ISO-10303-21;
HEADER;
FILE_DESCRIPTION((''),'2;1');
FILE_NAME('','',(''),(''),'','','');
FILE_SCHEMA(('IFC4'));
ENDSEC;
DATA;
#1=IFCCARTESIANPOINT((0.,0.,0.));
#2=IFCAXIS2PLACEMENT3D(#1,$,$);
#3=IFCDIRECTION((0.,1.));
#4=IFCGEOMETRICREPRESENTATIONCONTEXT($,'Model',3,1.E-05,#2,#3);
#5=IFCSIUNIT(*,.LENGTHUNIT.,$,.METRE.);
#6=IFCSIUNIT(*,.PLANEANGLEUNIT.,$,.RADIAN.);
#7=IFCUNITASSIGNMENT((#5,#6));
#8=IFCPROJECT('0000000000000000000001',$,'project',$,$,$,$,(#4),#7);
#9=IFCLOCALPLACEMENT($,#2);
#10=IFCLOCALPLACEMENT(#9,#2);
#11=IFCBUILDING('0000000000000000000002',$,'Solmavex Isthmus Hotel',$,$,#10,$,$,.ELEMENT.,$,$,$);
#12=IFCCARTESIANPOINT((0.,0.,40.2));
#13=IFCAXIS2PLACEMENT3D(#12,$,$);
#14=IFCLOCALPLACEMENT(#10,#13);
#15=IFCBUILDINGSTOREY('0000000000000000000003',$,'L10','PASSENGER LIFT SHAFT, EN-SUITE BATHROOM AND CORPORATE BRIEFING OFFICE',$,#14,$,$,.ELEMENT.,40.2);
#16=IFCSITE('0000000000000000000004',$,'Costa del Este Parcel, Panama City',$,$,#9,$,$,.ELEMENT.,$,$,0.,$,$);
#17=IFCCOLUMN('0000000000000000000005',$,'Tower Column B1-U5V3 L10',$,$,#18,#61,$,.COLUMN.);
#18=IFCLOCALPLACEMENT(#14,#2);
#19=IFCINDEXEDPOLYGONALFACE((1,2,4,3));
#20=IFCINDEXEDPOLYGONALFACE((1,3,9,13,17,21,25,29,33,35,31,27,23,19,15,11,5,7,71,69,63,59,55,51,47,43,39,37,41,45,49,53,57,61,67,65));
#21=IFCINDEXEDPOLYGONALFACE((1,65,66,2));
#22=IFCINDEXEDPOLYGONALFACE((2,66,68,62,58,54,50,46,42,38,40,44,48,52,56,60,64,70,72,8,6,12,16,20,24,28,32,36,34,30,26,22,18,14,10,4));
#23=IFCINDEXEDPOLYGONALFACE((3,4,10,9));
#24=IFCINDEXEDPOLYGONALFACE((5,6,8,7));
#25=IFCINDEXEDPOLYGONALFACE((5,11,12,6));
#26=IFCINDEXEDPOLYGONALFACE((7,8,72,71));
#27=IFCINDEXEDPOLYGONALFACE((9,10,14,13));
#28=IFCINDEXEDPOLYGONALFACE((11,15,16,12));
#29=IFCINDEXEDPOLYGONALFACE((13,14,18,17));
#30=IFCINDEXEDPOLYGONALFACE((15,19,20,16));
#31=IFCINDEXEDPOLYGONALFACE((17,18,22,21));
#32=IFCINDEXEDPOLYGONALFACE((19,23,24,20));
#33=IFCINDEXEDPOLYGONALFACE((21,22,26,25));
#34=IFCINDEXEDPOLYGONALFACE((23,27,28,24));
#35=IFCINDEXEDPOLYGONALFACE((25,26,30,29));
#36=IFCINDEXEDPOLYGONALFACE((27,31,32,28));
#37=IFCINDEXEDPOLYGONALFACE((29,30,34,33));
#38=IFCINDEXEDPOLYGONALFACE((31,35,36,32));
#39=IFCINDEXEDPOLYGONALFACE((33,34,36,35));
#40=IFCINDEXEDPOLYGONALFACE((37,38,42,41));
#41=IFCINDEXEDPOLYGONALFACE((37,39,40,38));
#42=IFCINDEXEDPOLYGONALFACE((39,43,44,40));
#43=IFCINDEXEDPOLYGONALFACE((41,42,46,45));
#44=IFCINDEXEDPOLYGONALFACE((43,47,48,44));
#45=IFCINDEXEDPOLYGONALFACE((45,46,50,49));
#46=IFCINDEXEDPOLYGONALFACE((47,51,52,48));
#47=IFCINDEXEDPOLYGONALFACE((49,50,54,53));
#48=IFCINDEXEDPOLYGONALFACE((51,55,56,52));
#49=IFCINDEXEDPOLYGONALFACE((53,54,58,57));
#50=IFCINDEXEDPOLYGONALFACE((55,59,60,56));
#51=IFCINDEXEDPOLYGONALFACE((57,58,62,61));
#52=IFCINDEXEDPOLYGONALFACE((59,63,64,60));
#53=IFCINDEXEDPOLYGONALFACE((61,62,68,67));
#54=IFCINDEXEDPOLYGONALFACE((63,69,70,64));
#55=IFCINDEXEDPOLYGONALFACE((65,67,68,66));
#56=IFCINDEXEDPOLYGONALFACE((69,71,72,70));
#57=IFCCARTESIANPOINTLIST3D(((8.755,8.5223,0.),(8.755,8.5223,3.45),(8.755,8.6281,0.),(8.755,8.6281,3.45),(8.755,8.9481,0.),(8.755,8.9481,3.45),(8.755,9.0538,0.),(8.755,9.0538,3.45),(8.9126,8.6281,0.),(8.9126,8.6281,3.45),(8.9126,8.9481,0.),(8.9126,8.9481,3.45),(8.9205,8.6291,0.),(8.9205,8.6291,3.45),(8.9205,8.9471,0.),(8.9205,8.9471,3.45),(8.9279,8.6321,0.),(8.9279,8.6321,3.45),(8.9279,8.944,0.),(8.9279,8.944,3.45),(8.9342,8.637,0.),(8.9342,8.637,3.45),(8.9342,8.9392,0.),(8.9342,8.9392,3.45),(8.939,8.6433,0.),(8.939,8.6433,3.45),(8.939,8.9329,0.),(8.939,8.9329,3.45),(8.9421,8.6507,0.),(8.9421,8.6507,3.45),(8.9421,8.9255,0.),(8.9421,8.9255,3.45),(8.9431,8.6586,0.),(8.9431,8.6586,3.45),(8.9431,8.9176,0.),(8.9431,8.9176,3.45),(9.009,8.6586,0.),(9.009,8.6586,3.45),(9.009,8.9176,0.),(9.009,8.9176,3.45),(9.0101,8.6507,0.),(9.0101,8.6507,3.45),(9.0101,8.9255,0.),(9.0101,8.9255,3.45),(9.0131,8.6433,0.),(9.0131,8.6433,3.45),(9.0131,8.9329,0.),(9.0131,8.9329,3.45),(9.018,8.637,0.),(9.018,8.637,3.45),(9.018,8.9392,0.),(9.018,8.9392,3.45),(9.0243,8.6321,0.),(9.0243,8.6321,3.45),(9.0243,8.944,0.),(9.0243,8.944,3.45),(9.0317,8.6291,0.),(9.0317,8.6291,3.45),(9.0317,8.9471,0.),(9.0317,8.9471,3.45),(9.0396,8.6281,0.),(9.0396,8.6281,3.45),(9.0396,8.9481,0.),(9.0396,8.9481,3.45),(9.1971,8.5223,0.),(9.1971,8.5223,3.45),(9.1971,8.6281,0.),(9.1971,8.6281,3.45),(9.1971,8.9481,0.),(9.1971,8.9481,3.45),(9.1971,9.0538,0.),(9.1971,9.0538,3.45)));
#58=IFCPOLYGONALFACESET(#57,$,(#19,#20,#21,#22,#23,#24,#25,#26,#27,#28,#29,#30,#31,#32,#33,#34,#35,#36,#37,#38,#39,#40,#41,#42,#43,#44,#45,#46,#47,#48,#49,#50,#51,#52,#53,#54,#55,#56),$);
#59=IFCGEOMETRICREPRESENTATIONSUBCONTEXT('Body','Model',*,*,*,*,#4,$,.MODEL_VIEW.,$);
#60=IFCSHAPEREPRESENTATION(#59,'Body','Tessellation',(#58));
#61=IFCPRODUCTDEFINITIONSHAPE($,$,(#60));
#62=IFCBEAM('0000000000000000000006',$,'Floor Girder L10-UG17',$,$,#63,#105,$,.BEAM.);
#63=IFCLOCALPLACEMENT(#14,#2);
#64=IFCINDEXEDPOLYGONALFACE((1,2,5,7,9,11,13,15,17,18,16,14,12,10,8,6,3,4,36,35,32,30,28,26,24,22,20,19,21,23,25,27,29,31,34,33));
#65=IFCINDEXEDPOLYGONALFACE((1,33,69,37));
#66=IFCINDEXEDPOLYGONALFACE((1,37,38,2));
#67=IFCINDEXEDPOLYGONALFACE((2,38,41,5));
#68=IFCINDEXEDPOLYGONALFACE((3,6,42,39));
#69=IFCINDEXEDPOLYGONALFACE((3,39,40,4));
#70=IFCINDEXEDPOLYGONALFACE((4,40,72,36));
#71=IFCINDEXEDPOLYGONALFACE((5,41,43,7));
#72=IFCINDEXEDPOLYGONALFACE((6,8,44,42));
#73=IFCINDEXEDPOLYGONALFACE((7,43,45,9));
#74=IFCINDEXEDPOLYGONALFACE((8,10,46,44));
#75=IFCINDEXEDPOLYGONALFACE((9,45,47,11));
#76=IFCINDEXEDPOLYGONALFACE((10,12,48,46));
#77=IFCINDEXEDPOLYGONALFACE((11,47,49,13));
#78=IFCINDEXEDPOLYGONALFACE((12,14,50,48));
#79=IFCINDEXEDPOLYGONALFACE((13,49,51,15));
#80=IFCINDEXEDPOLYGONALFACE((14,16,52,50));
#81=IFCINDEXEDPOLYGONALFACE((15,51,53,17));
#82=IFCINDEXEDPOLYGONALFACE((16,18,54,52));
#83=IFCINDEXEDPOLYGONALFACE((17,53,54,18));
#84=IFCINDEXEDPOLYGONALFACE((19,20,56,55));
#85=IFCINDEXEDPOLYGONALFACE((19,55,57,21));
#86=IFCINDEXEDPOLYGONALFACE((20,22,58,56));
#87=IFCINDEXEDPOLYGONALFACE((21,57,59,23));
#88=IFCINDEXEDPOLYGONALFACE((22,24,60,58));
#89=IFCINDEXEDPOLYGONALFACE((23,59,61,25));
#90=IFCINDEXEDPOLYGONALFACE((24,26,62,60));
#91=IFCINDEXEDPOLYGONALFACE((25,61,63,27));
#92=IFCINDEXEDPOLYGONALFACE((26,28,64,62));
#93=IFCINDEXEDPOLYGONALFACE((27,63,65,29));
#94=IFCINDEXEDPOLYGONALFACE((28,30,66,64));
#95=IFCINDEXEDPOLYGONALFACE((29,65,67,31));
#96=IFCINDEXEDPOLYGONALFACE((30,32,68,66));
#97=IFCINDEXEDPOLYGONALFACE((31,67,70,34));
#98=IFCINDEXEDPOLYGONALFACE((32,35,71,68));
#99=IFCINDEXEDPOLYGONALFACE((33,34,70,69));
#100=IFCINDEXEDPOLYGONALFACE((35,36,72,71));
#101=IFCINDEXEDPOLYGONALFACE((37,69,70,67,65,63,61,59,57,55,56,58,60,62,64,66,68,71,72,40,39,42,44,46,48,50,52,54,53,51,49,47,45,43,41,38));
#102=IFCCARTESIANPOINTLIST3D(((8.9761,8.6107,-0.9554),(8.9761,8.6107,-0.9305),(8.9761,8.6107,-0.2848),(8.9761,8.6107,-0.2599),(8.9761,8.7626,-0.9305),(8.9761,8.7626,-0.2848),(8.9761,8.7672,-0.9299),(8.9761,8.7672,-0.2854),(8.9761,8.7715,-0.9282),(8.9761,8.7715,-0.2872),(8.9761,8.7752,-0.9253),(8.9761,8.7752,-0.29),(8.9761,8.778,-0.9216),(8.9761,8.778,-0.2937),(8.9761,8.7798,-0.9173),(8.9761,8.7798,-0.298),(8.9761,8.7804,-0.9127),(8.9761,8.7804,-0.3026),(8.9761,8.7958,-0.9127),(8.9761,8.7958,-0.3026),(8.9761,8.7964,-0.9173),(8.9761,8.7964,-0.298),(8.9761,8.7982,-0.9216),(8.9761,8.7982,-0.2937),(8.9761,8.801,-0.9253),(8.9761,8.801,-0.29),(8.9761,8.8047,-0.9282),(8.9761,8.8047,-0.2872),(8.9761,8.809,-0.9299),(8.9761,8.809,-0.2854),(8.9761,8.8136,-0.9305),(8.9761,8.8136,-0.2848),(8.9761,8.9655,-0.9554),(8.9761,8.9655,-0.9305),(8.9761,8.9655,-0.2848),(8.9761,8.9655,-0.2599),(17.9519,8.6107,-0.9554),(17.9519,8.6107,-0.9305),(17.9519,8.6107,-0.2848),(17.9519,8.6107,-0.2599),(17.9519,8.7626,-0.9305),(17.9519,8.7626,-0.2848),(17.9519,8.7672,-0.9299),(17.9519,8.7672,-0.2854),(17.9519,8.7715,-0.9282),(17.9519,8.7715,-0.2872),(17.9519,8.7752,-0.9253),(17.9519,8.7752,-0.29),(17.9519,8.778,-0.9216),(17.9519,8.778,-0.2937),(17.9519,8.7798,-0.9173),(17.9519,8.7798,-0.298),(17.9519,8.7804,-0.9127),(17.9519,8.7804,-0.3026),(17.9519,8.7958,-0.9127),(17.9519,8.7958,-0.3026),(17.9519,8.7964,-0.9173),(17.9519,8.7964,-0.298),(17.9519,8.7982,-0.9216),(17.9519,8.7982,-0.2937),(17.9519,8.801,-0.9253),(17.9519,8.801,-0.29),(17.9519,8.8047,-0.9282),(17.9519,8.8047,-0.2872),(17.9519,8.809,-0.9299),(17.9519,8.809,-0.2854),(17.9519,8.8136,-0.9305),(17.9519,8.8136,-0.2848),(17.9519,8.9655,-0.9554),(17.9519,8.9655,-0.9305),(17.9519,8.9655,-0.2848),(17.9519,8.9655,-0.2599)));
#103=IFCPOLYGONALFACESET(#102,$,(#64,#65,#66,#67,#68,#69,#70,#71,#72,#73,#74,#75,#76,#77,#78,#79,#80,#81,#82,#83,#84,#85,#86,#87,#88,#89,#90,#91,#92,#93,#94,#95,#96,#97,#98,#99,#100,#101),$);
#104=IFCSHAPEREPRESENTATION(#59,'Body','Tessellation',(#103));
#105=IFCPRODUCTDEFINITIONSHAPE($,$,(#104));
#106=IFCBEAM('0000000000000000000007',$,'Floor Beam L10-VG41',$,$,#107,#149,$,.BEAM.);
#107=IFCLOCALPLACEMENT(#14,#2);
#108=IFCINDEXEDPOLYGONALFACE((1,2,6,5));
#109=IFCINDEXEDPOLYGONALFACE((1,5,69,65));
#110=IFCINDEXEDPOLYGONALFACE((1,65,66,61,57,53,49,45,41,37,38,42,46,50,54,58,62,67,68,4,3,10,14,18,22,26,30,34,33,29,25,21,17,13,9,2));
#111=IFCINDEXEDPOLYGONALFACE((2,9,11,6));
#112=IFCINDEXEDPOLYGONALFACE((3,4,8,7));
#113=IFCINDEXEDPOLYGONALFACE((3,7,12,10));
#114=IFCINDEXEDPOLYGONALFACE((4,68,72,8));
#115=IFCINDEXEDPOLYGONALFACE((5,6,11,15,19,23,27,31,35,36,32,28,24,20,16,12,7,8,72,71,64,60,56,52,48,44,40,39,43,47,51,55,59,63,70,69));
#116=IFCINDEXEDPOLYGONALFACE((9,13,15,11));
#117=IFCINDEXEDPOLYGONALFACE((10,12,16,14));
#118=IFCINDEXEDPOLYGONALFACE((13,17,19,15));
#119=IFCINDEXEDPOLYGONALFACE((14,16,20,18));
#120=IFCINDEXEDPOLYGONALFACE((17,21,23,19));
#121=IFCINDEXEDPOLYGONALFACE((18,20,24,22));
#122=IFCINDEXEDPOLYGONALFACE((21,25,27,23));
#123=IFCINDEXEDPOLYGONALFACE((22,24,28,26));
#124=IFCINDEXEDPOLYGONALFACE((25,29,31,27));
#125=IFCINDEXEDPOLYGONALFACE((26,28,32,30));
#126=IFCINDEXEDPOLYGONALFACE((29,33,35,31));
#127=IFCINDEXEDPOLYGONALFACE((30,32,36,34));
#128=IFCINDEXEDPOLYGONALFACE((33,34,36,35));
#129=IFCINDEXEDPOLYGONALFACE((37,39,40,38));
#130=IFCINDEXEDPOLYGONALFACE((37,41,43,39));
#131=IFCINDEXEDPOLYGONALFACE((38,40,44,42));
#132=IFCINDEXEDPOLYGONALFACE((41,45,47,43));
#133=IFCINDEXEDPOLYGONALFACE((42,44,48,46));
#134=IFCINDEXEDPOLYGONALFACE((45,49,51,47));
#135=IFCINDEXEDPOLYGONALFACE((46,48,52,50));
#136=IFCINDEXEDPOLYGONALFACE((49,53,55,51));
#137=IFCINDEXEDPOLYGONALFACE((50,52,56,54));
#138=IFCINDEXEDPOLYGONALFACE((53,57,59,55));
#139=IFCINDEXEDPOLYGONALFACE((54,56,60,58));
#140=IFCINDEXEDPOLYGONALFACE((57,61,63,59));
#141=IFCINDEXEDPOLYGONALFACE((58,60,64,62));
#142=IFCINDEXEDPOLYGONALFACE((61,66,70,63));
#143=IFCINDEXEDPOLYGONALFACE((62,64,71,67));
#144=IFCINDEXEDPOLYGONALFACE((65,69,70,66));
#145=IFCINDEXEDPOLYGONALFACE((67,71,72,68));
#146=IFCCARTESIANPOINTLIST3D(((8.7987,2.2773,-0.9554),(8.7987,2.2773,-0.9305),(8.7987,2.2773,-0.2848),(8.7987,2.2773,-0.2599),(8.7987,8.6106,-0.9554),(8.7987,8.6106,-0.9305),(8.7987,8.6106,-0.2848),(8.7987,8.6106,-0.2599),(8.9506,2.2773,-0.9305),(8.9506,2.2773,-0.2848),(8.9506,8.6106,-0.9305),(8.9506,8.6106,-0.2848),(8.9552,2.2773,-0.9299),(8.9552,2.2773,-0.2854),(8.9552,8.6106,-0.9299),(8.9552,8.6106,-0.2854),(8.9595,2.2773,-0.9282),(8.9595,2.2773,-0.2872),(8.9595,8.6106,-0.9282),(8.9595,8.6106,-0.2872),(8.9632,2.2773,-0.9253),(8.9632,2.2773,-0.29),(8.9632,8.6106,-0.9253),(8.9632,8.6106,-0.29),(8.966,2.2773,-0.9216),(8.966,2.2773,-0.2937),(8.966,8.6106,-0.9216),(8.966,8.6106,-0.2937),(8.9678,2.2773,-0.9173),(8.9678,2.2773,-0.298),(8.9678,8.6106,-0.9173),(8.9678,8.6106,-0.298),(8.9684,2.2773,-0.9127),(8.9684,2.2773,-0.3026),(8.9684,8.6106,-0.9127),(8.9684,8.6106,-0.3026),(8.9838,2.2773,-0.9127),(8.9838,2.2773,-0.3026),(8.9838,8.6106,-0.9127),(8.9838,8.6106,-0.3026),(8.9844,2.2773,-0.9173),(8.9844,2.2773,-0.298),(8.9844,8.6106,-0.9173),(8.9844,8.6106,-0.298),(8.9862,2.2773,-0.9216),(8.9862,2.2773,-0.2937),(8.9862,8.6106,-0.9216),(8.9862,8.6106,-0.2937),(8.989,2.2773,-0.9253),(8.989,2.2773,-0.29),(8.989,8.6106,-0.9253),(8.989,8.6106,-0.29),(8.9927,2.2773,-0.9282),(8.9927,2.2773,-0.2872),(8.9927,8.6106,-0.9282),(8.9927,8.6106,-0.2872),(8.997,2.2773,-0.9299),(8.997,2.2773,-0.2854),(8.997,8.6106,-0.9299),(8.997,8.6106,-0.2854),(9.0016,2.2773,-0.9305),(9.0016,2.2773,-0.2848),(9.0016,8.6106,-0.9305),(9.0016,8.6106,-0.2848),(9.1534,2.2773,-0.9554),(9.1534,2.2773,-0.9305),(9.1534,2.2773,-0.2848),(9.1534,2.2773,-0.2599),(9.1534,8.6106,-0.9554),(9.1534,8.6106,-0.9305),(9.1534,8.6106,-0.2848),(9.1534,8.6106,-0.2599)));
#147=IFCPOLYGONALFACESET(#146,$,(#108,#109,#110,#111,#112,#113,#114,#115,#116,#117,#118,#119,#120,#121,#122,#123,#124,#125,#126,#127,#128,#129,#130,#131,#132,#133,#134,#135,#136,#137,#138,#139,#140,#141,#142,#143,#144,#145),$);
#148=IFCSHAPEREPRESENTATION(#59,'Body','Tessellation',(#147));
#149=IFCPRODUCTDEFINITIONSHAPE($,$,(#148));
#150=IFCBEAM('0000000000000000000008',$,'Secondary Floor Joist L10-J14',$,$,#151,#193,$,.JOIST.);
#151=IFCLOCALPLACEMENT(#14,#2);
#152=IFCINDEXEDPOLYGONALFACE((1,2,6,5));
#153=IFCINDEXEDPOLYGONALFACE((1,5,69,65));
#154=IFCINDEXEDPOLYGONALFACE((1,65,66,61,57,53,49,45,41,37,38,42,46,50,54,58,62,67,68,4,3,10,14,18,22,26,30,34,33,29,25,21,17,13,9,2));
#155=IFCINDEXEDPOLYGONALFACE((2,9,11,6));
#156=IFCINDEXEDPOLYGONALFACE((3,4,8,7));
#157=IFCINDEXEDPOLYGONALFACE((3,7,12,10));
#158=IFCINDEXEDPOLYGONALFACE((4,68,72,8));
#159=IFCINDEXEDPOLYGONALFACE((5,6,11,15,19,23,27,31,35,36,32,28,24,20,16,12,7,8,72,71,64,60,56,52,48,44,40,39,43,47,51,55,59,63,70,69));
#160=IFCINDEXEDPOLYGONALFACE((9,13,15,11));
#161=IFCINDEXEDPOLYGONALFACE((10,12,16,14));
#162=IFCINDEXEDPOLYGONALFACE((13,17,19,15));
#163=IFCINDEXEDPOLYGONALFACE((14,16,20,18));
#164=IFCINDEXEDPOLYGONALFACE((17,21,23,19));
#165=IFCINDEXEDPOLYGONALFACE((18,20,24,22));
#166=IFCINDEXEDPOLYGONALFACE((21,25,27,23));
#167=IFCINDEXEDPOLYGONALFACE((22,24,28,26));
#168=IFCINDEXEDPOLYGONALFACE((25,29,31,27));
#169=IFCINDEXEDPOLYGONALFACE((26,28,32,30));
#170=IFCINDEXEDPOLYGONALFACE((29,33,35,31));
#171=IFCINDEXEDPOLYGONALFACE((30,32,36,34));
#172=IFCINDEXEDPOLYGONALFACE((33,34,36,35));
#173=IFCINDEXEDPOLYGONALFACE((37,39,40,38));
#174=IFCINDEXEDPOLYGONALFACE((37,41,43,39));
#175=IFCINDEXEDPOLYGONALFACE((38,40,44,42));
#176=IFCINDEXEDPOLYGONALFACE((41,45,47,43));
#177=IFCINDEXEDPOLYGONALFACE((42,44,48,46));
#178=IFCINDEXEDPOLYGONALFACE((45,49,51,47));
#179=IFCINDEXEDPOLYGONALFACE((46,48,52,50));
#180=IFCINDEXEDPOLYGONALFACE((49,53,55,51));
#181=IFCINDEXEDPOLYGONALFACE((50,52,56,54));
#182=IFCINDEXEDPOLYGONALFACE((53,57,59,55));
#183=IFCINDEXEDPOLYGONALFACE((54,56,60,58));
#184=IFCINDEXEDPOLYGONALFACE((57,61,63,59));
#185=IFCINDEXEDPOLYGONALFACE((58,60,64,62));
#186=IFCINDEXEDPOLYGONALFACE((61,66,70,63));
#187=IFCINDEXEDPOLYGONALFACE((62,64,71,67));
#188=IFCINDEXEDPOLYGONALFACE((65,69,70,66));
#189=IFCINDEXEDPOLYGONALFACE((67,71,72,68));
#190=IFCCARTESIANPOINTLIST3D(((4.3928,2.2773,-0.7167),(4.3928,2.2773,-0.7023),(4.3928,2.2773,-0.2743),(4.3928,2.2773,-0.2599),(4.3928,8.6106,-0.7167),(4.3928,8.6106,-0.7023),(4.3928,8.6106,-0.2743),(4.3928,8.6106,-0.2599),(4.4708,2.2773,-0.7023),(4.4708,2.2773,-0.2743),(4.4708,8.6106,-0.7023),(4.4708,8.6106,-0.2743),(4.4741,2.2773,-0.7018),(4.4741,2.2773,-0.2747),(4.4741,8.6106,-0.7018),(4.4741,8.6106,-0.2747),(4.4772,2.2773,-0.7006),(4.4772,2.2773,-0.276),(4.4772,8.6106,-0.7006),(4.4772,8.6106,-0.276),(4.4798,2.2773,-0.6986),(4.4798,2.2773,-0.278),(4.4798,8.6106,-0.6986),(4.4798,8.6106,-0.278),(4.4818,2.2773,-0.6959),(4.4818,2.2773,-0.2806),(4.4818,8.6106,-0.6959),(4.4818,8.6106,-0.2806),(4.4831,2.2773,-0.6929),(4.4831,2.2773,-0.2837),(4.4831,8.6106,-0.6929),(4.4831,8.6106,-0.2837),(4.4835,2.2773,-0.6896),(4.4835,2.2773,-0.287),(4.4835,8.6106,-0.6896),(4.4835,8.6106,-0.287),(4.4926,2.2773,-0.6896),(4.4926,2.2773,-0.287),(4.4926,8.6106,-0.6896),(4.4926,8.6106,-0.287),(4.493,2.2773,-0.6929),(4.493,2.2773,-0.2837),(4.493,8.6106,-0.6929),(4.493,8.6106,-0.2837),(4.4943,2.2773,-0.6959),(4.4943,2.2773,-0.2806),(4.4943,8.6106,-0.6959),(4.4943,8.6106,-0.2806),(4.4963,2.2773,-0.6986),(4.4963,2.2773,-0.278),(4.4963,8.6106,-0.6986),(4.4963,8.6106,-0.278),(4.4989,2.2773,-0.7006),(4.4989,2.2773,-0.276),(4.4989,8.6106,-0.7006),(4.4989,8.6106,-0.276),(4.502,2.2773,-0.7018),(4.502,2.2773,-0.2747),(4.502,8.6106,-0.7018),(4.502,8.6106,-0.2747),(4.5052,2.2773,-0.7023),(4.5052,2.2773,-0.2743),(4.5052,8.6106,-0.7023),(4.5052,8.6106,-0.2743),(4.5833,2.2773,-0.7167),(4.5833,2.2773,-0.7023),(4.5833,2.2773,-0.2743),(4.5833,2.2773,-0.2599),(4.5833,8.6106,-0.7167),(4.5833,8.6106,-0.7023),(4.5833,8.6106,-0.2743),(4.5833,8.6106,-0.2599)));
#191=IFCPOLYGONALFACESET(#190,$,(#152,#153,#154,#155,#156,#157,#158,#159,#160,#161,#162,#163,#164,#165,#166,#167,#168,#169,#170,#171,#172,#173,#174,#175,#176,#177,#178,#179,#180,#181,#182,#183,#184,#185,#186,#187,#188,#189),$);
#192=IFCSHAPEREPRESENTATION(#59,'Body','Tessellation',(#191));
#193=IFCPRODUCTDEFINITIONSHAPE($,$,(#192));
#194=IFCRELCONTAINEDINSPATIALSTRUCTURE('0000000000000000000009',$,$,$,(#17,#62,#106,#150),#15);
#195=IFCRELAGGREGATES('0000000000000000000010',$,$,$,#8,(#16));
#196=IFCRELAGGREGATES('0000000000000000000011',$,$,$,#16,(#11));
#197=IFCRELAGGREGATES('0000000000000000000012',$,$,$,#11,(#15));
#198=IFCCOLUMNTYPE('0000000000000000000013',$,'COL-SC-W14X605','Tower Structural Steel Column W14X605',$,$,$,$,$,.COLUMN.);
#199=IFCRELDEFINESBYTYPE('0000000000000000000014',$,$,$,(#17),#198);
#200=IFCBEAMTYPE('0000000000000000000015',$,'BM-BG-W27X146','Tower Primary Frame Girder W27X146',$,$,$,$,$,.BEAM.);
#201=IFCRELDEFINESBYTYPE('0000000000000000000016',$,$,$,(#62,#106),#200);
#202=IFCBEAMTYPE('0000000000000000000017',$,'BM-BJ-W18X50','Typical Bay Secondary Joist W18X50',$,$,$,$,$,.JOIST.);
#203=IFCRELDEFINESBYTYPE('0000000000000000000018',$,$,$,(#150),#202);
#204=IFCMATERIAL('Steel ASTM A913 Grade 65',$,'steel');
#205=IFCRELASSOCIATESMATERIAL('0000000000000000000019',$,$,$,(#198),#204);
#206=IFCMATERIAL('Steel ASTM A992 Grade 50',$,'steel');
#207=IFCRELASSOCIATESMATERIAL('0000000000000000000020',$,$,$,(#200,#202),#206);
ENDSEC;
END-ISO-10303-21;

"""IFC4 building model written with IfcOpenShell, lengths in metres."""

from ifc_helpers import new_model, si_unit, direction, frame, origin, origin_2d, place, context, subcontext, project, spatial, i_section, extrude, material, material_profile, profile_set, type_object, element, save


model = new_model("IFC4")

# Units and contexts
model_context = context("Model", 3, precision=1e-05, world=origin(), true_north=direction((0.0, 1.0)))
body_context = subcontext(model_context, "Body", "Model", "MODEL_VIEW")
ifc_project = project(units=[si_unit("LENGTHUNIT", "METRE"), si_unit("PLANEANGLEUNIT", "RADIAN")], contexts=[model_context])

# Site, building, storey
site_placement = place(None, origin())
site = spatial("IfcSite", under=ifc_project, at=site_placement, Name="Costa del Este Parcel, Panama City", CompositionType="ELEMENT", RefElevation=0.0)
building_placement = place(site_placement, origin())
building = spatial("IfcBuilding", under=site, at=building_placement, Name="Solmavex Isthmus Hotel", CompositionType="ELEMENT")
storey_placement = place(building_placement, frame((0.0, 0.0, 40.2)))
storey = spatial("IfcBuildingStorey", under=building, at=storey_placement, Name="L10", Description="PASSENGER LIFT SHAFT, EN-SUITE BATHROOM AND CORPORATE BRIEFING OFFICE", CompositionType="ELEMENT", Elevation=40.2)

# Column
ifc_material_1 = material(Name="Steel ASTM A913 Grade 65", Category="steel")
ifc_material_profile_1 = material_profile(ifc_material_1, i_section(OverallWidth=0.4421, OverallDepth=0.5315, WebThickness=0.0659, FlangeThickness=0.1057, FilletRadius=0.0305, at=origin_2d()), Name="W14X605")
ifc_profile_set_1 = profile_set([ifc_material_profile_1], Name="Steel ASTM A913 Grade 65")
column_type = type_object("IfcColumnType", Name="COL-SC-W14X605", Description="Tower Structural Steel Column W14X605", PredefinedType="COLUMN", material=ifc_profile_set_1)
column_placement = place(storey_placement, frame((8.9761, 8.7881, 0.0), z_axis=(0.0, 0.0, 1.0), x_axis=(1.0, 0.0, 0.0)))
element("IfcColumn", 1, at=column_placement, inside=storey, type_object=column_type, Name="Tower Column B1-U5V3 L10", PredefinedType="COLUMN", context=body_context, shape_type="SweptSolid", body=[
    extrude(i_section(OverallWidth=0.4421, OverallDepth=0.5315, WebThickness=0.0659, FlangeThickness=0.1057, FilletRadius=0.0305, at=origin_2d()), origin(), (0.0, 0.0, 1.0), 3.45),
])

# Beams
ifc_material_2 = material(Name="Steel ASTM A992 Grade 50", Category="steel")
ifc_material_profile_2 = material_profile(ifc_material_2, i_section(OverallWidth=0.3547, OverallDepth=0.6956, WebThickness=0.0154, FlangeThickness=0.0249, FilletRadius=0.0178, at=origin_2d()), Name="W27X146")
ifc_profile_set_2 = profile_set([ifc_material_profile_2], Name="Steel ASTM A992 Grade 50")
beam_type_1 = type_object("IfcBeamType", Name="BM-BG-W27X146", Description="Tower Primary Frame Girder W27X146", PredefinedType="BEAM", material=ifc_profile_set_2)
beam_1_placement = place(storey_placement, frame((8.9761, 8.7881, -0.6077), z_axis=(1.0, 0.0, 0.0), x_axis=(0.0, 1.0, 0.0)))
element("IfcBeam", 2, at=beam_1_placement, inside=storey, type_object=beam_type_1, Name="Floor Girder L10-UG17", PredefinedType="BEAM", context=body_context, shape_type="SweptSolid", body=[
    extrude(i_section(OverallWidth=0.3547, OverallDepth=0.6956, WebThickness=0.0154, FlangeThickness=0.0249, FilletRadius=0.0178, at=origin_2d()), origin(), (0.0, 0.0, 1.0), 8.9758),
])
beam_2_placement = place(storey_placement, frame((8.9761, 2.2773, -0.6077), z_axis=(0.0, 1.0, 0.0), x_axis=(-1.0, 0.0, 0.0)))
element("IfcBeam", 3, at=beam_2_placement, inside=storey, type_object=beam_type_1, Name="Floor Beam L10-VG41", PredefinedType="BEAM", context=body_context, shape_type="SweptSolid", body=[
    extrude(i_section(OverallWidth=0.3547, OverallDepth=0.6956, WebThickness=0.0154, FlangeThickness=0.0249, FilletRadius=0.0178, at=origin_2d()), origin(), (0.0, 0.0, 1.0), 6.3333),
])
ifc_material_profile_3 = material_profile(ifc_material_2, i_section(OverallWidth=0.1904, OverallDepth=0.4568, WebThickness=0.009, FlangeThickness=0.0144, FilletRadius=0.0127, at=origin_2d()), Name="W18X50")
ifc_profile_set_3 = profile_set([ifc_material_profile_3], Name="Steel ASTM A992 Grade 50")
beam_type_2 = type_object("IfcBeamType", Name="BM-BJ-W18X50", Description="Typical Bay Secondary Joist W18X50", PredefinedType="JOIST", material=ifc_profile_set_3)
beam_3_placement = place(storey_placement, frame((4.488, 2.2773, -0.4883), z_axis=(0.0, 1.0, 0.0), x_axis=(-1.0, 0.0, 0.0)))
element("IfcBeam", 4, at=beam_3_placement, inside=storey, type_object=beam_type_2, Name="Secondary Floor Joist L10-J14", PredefinedType="JOIST", context=body_context, shape_type="SweptSolid", body=[
    extrude(i_section(OverallWidth=0.1904, OverallDepth=0.4568, WebThickness=0.009, FlangeThickness=0.0144, FilletRadius=0.0127, at=origin_2d()), origin(), (0.0, 0.0, 1.0), 6.3333),
])

save(model, "model.ifc")
